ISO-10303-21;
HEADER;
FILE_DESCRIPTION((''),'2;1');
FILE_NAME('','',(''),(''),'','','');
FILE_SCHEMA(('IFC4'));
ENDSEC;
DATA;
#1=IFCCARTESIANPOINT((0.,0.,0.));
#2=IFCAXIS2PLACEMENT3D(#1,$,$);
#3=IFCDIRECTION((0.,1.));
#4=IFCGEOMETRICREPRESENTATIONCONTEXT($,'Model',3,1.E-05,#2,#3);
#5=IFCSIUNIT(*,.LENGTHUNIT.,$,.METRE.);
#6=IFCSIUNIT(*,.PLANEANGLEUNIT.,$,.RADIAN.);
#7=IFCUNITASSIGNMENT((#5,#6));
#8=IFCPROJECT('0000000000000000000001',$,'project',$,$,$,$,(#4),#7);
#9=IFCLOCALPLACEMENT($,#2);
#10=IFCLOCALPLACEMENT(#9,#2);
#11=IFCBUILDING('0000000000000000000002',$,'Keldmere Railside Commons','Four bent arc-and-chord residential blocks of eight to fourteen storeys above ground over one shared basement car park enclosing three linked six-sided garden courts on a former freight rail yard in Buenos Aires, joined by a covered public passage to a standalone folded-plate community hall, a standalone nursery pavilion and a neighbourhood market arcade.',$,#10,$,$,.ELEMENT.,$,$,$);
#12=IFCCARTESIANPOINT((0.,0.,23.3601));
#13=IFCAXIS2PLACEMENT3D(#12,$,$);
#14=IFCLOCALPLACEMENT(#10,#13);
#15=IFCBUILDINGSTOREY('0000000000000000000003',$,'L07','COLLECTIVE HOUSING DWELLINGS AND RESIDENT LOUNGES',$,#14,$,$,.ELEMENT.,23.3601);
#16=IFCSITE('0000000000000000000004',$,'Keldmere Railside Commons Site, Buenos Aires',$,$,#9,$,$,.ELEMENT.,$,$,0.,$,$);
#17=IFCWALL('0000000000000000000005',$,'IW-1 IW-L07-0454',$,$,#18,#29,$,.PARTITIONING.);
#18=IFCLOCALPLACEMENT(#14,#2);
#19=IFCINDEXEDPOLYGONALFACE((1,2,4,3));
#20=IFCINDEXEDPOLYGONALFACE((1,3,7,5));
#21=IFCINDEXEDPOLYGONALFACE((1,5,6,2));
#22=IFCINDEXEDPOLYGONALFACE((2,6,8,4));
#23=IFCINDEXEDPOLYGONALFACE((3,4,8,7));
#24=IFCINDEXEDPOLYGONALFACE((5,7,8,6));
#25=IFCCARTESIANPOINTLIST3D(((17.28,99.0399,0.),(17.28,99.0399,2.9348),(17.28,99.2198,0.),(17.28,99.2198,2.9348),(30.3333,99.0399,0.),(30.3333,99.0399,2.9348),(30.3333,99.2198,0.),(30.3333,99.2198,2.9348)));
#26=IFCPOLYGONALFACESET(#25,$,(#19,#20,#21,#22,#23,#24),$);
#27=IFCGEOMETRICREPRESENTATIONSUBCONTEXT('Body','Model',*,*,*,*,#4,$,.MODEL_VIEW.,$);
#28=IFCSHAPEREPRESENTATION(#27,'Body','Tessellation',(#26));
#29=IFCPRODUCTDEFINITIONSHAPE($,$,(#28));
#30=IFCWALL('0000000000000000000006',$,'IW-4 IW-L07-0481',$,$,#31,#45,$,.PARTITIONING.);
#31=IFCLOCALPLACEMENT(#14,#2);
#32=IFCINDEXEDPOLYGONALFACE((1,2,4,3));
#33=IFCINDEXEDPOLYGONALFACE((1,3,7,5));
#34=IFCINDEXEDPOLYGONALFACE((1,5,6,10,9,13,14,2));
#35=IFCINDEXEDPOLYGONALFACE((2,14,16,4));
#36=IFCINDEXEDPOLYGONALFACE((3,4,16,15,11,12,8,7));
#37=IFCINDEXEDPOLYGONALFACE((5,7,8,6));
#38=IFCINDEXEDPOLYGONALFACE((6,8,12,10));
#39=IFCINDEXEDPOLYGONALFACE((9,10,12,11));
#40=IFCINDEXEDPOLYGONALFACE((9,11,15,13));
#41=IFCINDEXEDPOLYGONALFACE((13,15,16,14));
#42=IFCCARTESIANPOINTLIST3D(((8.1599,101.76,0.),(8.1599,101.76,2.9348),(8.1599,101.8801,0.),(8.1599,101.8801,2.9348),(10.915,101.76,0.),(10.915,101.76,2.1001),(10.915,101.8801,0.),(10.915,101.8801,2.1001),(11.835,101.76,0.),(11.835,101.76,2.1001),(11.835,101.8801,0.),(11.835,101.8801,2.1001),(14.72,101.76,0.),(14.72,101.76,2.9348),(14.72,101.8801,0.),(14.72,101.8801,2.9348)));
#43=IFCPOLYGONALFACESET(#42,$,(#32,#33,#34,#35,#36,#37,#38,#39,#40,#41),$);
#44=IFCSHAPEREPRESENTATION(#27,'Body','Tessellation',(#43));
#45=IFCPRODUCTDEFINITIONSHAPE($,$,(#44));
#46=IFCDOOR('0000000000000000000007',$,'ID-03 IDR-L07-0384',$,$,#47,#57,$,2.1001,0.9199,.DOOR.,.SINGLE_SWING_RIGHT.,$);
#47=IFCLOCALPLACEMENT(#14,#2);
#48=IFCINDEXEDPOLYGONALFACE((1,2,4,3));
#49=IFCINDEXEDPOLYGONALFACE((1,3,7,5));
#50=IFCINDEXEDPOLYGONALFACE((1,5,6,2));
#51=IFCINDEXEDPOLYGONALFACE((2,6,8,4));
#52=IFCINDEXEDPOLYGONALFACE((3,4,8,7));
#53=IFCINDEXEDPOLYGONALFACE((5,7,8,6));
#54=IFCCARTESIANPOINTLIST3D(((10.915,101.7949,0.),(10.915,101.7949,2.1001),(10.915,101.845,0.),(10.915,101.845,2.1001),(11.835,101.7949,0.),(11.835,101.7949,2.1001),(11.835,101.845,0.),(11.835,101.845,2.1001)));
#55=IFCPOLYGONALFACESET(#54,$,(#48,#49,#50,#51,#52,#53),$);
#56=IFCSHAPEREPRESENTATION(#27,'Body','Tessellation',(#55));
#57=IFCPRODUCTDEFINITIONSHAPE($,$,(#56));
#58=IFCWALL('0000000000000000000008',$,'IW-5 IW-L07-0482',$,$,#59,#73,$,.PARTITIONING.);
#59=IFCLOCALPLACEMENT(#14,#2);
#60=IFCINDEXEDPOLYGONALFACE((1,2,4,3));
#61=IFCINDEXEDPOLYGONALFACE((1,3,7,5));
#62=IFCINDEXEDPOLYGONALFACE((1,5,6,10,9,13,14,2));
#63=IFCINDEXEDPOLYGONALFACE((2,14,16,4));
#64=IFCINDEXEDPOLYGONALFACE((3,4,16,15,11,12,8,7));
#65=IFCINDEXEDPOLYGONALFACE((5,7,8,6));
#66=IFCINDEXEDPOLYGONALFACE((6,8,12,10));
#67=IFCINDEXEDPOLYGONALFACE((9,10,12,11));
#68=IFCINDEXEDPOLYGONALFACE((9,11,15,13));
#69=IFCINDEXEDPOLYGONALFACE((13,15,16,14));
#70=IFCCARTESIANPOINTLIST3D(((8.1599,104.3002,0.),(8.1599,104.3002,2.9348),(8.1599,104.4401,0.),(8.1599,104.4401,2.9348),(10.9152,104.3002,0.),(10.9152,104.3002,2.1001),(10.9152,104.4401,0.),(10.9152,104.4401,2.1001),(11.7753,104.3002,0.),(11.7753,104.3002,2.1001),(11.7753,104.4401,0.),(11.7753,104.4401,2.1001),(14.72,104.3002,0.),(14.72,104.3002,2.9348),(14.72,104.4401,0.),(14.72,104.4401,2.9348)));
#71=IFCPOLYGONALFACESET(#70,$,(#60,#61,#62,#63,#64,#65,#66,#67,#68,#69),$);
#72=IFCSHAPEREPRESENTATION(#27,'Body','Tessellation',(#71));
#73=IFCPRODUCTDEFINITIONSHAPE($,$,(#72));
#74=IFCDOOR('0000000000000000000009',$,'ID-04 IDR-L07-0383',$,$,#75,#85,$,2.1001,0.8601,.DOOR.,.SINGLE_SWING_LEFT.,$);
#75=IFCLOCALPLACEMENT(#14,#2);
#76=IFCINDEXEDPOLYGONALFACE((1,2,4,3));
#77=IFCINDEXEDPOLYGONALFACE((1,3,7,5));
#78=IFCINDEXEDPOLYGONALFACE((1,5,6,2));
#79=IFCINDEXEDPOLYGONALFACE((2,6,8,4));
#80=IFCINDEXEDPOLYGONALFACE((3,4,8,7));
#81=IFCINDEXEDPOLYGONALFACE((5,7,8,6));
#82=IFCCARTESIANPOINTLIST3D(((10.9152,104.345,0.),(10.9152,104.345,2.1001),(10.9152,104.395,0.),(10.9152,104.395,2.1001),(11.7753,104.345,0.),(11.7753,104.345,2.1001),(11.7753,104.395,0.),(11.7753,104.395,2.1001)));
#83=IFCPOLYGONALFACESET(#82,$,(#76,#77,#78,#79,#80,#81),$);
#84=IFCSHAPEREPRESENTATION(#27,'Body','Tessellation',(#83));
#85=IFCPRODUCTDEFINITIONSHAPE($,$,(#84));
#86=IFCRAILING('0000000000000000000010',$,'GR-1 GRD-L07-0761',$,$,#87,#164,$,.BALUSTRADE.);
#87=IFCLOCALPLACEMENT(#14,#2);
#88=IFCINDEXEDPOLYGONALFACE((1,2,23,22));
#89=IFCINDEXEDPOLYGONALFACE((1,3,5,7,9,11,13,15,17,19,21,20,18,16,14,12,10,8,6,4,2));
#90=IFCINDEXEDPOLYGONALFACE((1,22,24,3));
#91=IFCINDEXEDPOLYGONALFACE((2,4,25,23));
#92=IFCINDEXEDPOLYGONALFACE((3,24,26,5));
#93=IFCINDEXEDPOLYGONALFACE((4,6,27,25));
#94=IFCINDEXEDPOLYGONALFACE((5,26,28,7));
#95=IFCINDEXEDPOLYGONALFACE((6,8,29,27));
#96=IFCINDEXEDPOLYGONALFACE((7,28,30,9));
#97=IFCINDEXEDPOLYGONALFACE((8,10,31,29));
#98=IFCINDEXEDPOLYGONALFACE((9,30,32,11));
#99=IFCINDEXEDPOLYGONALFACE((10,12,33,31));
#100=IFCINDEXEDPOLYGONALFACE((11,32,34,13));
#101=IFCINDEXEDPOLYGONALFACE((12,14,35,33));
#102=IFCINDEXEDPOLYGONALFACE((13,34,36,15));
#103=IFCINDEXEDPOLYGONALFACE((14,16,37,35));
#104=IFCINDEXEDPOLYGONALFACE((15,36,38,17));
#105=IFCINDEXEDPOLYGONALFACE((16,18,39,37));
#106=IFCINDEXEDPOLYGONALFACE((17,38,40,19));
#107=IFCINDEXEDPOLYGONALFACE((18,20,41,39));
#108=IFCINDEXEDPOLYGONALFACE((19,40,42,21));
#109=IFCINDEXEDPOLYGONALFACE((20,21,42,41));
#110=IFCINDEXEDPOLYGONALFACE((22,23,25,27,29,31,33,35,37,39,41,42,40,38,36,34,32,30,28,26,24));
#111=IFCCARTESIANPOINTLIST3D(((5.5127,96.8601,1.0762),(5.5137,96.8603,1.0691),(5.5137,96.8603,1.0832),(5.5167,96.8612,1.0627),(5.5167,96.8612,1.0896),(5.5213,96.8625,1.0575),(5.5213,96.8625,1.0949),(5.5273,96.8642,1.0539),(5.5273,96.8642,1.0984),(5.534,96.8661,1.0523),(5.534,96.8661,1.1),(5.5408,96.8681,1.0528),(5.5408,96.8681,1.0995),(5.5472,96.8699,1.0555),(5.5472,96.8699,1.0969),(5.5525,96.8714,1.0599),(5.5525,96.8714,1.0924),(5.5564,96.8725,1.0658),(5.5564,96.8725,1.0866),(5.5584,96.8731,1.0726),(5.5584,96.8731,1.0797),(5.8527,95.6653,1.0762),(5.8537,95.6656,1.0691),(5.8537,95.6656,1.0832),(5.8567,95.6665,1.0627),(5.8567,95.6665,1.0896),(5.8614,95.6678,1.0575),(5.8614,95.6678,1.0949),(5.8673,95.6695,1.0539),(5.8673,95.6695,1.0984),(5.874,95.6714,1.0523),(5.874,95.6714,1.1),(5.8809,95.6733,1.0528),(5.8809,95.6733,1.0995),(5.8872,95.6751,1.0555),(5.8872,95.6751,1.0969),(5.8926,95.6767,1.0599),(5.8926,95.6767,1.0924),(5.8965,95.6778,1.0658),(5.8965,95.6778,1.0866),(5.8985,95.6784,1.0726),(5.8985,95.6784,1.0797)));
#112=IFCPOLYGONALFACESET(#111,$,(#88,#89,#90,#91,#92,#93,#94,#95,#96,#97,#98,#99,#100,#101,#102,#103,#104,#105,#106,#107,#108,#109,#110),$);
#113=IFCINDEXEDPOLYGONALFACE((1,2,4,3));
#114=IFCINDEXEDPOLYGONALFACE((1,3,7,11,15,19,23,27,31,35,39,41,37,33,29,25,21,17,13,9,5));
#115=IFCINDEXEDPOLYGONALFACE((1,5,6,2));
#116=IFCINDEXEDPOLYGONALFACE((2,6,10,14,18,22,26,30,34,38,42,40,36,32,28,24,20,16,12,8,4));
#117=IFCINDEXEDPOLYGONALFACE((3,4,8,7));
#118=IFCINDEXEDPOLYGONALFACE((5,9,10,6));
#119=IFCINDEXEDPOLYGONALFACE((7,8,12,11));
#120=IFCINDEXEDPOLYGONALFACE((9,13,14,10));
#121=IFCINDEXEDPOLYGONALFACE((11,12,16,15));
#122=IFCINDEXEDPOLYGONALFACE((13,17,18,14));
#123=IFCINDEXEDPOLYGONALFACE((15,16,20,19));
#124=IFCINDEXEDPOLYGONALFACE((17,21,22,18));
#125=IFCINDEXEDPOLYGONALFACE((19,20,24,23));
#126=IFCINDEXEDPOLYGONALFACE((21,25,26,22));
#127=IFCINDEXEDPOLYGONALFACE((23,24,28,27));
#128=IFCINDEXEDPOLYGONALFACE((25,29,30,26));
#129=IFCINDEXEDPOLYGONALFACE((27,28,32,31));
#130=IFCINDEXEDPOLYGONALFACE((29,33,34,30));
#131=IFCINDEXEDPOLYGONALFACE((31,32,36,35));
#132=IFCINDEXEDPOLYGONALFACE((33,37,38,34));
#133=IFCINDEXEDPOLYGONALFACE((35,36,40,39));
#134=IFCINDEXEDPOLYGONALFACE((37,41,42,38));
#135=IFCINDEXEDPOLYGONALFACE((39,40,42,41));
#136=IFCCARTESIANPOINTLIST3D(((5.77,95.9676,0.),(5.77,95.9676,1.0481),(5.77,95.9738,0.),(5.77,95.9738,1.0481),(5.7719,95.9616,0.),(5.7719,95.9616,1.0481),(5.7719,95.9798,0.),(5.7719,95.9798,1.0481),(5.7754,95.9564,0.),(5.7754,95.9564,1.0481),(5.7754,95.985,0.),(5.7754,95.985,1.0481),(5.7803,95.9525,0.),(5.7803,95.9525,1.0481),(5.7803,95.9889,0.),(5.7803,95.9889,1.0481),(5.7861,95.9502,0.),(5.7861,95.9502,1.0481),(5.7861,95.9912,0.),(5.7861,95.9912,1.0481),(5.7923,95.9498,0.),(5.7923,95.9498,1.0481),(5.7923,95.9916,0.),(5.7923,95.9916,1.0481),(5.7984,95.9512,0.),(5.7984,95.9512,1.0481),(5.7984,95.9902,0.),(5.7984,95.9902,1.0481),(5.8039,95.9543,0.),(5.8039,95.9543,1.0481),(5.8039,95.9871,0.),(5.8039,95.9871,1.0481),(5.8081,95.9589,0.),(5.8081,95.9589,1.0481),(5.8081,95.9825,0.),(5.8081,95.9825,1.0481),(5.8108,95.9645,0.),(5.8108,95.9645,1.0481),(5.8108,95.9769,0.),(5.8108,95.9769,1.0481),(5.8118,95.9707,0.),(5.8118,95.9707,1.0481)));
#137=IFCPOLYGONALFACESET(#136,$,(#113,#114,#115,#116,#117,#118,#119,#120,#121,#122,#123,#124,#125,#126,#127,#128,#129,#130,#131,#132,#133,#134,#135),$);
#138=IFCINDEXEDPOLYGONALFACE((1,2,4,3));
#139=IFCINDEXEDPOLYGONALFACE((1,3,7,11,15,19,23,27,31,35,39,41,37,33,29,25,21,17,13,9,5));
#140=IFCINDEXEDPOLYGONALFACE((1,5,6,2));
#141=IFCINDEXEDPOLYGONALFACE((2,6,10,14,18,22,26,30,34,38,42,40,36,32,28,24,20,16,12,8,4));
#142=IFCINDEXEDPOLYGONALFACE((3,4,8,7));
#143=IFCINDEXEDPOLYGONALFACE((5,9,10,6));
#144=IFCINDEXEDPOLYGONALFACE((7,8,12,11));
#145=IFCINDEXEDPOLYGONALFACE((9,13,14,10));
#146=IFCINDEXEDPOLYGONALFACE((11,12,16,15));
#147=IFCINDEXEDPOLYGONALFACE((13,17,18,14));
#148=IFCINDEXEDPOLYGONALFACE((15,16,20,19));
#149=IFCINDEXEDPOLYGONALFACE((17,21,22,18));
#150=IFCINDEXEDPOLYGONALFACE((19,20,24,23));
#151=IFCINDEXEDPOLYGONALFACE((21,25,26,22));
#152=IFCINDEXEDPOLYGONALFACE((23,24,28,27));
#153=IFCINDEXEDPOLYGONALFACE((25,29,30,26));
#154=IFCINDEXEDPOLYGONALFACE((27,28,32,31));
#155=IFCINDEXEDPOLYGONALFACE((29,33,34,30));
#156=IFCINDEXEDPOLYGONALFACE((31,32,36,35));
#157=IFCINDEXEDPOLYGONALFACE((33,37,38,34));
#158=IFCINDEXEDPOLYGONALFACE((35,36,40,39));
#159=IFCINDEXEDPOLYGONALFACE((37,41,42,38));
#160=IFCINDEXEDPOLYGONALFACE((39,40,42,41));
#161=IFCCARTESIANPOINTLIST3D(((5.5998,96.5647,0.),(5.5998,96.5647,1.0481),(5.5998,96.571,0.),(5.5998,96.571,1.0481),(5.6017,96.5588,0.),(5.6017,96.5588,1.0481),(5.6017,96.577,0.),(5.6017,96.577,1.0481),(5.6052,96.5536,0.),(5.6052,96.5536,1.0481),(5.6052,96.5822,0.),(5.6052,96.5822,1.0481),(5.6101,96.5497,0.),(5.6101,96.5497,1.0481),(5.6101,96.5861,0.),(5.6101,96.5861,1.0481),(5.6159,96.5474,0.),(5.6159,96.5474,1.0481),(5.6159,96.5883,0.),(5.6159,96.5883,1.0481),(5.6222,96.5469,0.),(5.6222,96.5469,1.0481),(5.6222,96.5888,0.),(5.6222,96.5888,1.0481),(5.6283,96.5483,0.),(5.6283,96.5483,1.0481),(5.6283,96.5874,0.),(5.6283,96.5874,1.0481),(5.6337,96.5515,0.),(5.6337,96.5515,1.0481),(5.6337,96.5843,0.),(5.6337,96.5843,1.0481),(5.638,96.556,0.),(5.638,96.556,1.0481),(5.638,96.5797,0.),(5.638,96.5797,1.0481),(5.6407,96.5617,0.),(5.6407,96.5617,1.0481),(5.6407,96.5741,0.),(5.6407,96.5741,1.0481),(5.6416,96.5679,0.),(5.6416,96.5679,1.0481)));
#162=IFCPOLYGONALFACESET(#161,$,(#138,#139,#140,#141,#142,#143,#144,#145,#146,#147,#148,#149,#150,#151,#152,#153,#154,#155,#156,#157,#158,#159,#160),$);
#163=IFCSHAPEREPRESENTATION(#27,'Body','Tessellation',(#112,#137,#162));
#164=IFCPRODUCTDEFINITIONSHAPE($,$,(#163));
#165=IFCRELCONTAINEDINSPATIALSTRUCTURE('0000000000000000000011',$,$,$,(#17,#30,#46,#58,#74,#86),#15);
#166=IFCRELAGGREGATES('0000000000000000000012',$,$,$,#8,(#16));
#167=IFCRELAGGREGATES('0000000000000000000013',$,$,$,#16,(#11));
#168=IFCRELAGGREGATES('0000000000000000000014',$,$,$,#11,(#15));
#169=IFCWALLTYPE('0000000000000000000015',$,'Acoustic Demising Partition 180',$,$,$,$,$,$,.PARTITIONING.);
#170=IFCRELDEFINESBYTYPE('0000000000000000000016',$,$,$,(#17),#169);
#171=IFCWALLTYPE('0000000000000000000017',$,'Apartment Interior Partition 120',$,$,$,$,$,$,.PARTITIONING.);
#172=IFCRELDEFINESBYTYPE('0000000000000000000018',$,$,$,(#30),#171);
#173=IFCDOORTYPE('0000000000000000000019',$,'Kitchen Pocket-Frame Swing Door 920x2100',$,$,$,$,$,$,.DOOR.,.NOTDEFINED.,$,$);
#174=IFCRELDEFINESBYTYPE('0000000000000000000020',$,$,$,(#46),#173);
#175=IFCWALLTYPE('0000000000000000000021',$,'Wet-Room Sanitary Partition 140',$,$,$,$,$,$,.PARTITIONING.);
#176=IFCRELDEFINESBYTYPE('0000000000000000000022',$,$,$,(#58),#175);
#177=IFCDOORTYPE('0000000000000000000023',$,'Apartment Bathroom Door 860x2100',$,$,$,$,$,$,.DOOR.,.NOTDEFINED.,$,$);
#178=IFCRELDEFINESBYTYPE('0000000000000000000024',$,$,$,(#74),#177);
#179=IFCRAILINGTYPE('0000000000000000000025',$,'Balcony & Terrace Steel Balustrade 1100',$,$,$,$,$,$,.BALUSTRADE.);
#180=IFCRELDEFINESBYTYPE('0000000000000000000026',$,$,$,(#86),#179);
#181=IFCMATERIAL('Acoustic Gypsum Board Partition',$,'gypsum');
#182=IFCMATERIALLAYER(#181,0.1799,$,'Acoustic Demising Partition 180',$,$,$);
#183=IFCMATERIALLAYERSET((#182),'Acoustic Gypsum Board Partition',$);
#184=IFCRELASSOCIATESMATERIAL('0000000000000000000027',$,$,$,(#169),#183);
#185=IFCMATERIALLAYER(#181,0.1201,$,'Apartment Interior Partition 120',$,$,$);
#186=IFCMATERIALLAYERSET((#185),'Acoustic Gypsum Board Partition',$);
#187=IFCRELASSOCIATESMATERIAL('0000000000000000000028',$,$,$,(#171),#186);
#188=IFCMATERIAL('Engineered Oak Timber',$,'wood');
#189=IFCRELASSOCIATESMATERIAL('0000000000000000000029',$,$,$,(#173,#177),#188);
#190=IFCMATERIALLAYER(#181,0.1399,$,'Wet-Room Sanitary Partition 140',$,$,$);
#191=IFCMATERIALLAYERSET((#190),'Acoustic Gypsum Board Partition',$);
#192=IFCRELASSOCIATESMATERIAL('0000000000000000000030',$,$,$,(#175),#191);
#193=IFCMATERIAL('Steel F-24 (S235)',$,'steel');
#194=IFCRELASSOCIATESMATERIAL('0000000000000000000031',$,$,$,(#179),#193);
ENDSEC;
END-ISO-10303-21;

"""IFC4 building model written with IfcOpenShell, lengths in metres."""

from ifc_helpers import new_model, si_unit, direction, frame, frame_2d, origin, origin_2d, place, context, subcontext, project, spatial, rectangle, circle, extrude, material, layer, layer_set, type_object, element, fill, save


model = new_model("IFC4")

# Units and contexts
model_context = context("Model", 3, precision=1e-05, world=origin(), true_north=direction((0.0, 1.0)))
body_context = subcontext(model_context, "Body", "Model", "MODEL_VIEW")
ifc_project = project(units=[si_unit("LENGTHUNIT", "METRE"), si_unit("PLANEANGLEUNIT", "RADIAN")], contexts=[model_context])

# Site, building, storey
site_placement = place(None, origin())
site = spatial("IfcSite", under=ifc_project, at=site_placement, Name="Keldmere Railside Commons Site, Buenos Aires", CompositionType="ELEMENT", RefElevation=0.0)
building_placement = place(site_placement, origin())
building = spatial("IfcBuilding", under=site, at=building_placement, Name="Keldmere Railside Commons", Description="Four bent arc-and-chord residential blocks of eight to fourteen storeys above ground over one shared basement car park enclosing three linked six-sided garden courts on a former freight rail yard in Buenos Aires, joined by a covered public passage to a standalone folded-plate community hall, a standalone nursery pavilion and a neighbourhood market arcade.", CompositionType="ELEMENT")
storey_placement = place(building_placement, frame((0.0, 0.0, 23.3601)))
storey = spatial("IfcBuildingStorey", under=building, at=storey_placement, Name="L07", Description="COLLECTIVE HOUSING DWELLINGS AND RESIDENT LOUNGES", CompositionType="ELEMENT", Elevation=23.3601)

# Wall
ifc_material_1 = material(Name="Acoustic Gypsum Board Partition", Category="gypsum")
ifc_layer_1 = layer(ifc_material_1, 0.1799, Name="Acoustic Demising Partition 180")
ifc_layer_set_1 = layer_set([ifc_layer_1], Name="Acoustic Gypsum Board Partition")
wall_type_1 = type_object("IfcWallType", Name="Acoustic Demising Partition 180", PredefinedType="PARTITIONING", material=ifc_layer_set_1)
wall_1_placement = place(storey_placement, frame((17.28, 99.1299, 0.0), z_axis=(0.0, 0.0, 1.0), x_axis=(1.0, 0.0, 0.0)))
element("IfcWall", 1, at=wall_1_placement, inside=storey, type_object=wall_type_1, Name="IW-1 IW-L07-0454", PredefinedType="PARTITIONING", context=body_context, shape_type="SweptSolid", body=[
    extrude(rectangle(XDim=13.0532, YDim=0.1799, at=frame_2d((6.5266, 0.0))), origin(), (0.0, 0.0, 1.0), 2.9348),
])

# Walls, openings, doors
ifc_layer_2 = layer(ifc_material_1, 0.1201, Name="Apartment Interior Partition 120")
ifc_layer_set_2 = layer_set([ifc_layer_2], Name="Acoustic Gypsum Board Partition")
wall_type_2 = type_object("IfcWallType", Name="Apartment Interior Partition 120", PredefinedType="PARTITIONING", material=ifc_layer_set_2)
wall_2_placement = place(storey_placement, frame((8.1599, 101.8201, 0.0), z_axis=(0.0, 0.0, 1.0), x_axis=(1.0, 0.0, 0.0)))
wall_2 = element("IfcWall", 2, at=wall_2_placement, inside=storey, type_object=wall_type_2, Name="IW-4 IW-L07-0481", PredefinedType="PARTITIONING", context=body_context, shape_type="SweptSolid", body=[
    extrude(rectangle(XDim=6.5601, YDim=0.1201, at=frame_2d((3.28, 0.0))), origin(), (0.0, 0.0, 1.0), 2.9348),
])
opening_1_placement = place(wall_2_placement, frame((2.7551, 0.0, 0.0)))
opening_1 = element("IfcOpeningElement", 3, at=opening_1_placement, cuts=wall_2, PredefinedType="OPENING", context=body_context, shape_type="SweptSolid", body=[
    extrude(rectangle(XDim=0.9199, YDim=2.1001, at=frame_2d((0.46, 1.05))), frame((0.0, 0.0701, 0.0), z_axis=(0.0, -1.0, 0.0), x_axis=(1.0, 0.0, 0.0)), (0.0, 0.0, 1.0), 0.1401),
])
ifc_material_2 = material(Name="Engineered Oak Timber", Category="wood")
door_type_1 = type_object("IfcDoorType", Name="Kitchen Pocket-Frame Swing Door 920x2100", OperationType="NOTDEFINED", PredefinedType="DOOR", material=ifc_material_2)
door_1_placement = place(opening_1_placement, origin())
door_1 = element("IfcDoor", 4, at=door_1_placement, inside=storey, type_object=door_type_1, Name="ID-03 IDR-L07-0384", OperationType="SINGLE_SWING_RIGHT", OverallHeight=2.1001, OverallWidth=0.9199, PredefinedType="DOOR", context=body_context, shape_type="SweptSolid", body=[
    extrude(rectangle(XDim=0.9199, YDim=2.1001, at=frame_2d((0.46, 1.05))), frame((0.0, 0.0249, 0.0), z_axis=(0.0, -1.0, 0.0), x_axis=(1.0, 0.0, 0.0)), (0.0, 0.0, 1.0), 0.05),
])
fill(opening_1, door_1)
ifc_layer_3 = layer(ifc_material_1, 0.1399, Name="Wet-Room Sanitary Partition 140")
ifc_layer_set_3 = layer_set([ifc_layer_3], Name="Acoustic Gypsum Board Partition")
wall_type_3 = type_object("IfcWallType", Name="Wet-Room Sanitary Partition 140", PredefinedType="PARTITIONING", material=ifc_layer_set_3)
wall_3_placement = place(storey_placement, frame((8.1599, 104.3701, 0.0), z_axis=(0.0, 0.0, 1.0), x_axis=(1.0, 0.0, 0.0)))
wall_3 = element("IfcWall", 5, at=wall_3_placement, inside=storey, type_object=wall_type_3, Name="IW-5 IW-L07-0482", PredefinedType="PARTITIONING", context=body_context, shape_type="SweptSolid", body=[
    extrude(rectangle(XDim=6.5601, YDim=0.1399, at=frame_2d((3.28, 0.0))), origin(), (0.0, 0.0, 1.0), 2.9348),
])
opening_2_placement = place(wall_3_placement, frame((2.7551, 0.0, 0.0)))
opening_2 = element("IfcOpeningElement", 6, at=opening_2_placement, cuts=wall_3, PredefinedType="OPENING", context=body_context, shape_type="SweptSolid", body=[
    extrude(rectangle(XDim=0.8601, YDim=2.1001, at=frame_2d((0.4302, 1.05))), frame((0.0, 0.0798, 0.0), z_axis=(0.0, -1.0, 0.0), x_axis=(1.0, 0.0, 0.0)), (0.0, 0.0, 1.0), 0.1599),
])
door_type_2 = type_object("IfcDoorType", Name="Apartment Bathroom Door 860x2100", OperationType="NOTDEFINED", PredefinedType="DOOR", material=ifc_material_2)
door_2_placement = place(opening_2_placement, origin())
door_2 = element("IfcDoor", 7, at=door_2_placement, inside=storey, type_object=door_type_2, Name="ID-04 IDR-L07-0383", OperationType="SINGLE_SWING_LEFT", OverallHeight=2.1001, OverallWidth=0.8601, PredefinedType="DOOR", context=body_context, shape_type="SweptSolid", body=[
    extrude(rectangle(XDim=0.8601, YDim=2.1001, at=frame_2d((0.4302, 1.05))), frame((0.0, 0.0249, 0.0), z_axis=(0.0, -1.0, 0.0), x_axis=(1.0, 0.0, 0.0)), (0.0, 0.0, 1.0), 0.05),
])
fill(opening_2, door_2)

# Railing
ifc_material_3 = material(Name="Steel F-24 (S235)", Category="steel")
railing_type = type_object("IfcRailingType", Name="Balcony & Terrace Steel Balustrade 1100", PredefinedType="BALUSTRADE", material=ifc_material_3)
railing_1_placement = place(storey_placement, frame((5.8757, 95.6719, 0.0)))
element("IfcRailing", 8, at=railing_1_placement, inside=storey, type_object=railing_type, Name="GR-1 GRD-L07-0761", PredefinedType="BALUSTRADE", context=body_context, shape_type="SweptSolid", body=[
    extrude(circle(Radius=0.0239, at=origin_2d()), frame((0.0, 0.0, 1.0762), z_axis=(-0.273761, 0.961798, 0.0), x_axis=(-0.961798, -0.273761, 0.0)), (0.0, 0.0, 1.0), 1.2422),
    extrude(circle(Radius=0.021, at=origin_2d()), frame((-0.085, 0.2988, 0.0)), (0.0, 0.0, 1.0), 1.0481),
    extrude(circle(Radius=0.021, at=origin_2d()), frame((-0.2551, 0.896, 0.0)), (0.0, 0.0, 1.0), 1.0481),
])

save(model, "model.ifc")
